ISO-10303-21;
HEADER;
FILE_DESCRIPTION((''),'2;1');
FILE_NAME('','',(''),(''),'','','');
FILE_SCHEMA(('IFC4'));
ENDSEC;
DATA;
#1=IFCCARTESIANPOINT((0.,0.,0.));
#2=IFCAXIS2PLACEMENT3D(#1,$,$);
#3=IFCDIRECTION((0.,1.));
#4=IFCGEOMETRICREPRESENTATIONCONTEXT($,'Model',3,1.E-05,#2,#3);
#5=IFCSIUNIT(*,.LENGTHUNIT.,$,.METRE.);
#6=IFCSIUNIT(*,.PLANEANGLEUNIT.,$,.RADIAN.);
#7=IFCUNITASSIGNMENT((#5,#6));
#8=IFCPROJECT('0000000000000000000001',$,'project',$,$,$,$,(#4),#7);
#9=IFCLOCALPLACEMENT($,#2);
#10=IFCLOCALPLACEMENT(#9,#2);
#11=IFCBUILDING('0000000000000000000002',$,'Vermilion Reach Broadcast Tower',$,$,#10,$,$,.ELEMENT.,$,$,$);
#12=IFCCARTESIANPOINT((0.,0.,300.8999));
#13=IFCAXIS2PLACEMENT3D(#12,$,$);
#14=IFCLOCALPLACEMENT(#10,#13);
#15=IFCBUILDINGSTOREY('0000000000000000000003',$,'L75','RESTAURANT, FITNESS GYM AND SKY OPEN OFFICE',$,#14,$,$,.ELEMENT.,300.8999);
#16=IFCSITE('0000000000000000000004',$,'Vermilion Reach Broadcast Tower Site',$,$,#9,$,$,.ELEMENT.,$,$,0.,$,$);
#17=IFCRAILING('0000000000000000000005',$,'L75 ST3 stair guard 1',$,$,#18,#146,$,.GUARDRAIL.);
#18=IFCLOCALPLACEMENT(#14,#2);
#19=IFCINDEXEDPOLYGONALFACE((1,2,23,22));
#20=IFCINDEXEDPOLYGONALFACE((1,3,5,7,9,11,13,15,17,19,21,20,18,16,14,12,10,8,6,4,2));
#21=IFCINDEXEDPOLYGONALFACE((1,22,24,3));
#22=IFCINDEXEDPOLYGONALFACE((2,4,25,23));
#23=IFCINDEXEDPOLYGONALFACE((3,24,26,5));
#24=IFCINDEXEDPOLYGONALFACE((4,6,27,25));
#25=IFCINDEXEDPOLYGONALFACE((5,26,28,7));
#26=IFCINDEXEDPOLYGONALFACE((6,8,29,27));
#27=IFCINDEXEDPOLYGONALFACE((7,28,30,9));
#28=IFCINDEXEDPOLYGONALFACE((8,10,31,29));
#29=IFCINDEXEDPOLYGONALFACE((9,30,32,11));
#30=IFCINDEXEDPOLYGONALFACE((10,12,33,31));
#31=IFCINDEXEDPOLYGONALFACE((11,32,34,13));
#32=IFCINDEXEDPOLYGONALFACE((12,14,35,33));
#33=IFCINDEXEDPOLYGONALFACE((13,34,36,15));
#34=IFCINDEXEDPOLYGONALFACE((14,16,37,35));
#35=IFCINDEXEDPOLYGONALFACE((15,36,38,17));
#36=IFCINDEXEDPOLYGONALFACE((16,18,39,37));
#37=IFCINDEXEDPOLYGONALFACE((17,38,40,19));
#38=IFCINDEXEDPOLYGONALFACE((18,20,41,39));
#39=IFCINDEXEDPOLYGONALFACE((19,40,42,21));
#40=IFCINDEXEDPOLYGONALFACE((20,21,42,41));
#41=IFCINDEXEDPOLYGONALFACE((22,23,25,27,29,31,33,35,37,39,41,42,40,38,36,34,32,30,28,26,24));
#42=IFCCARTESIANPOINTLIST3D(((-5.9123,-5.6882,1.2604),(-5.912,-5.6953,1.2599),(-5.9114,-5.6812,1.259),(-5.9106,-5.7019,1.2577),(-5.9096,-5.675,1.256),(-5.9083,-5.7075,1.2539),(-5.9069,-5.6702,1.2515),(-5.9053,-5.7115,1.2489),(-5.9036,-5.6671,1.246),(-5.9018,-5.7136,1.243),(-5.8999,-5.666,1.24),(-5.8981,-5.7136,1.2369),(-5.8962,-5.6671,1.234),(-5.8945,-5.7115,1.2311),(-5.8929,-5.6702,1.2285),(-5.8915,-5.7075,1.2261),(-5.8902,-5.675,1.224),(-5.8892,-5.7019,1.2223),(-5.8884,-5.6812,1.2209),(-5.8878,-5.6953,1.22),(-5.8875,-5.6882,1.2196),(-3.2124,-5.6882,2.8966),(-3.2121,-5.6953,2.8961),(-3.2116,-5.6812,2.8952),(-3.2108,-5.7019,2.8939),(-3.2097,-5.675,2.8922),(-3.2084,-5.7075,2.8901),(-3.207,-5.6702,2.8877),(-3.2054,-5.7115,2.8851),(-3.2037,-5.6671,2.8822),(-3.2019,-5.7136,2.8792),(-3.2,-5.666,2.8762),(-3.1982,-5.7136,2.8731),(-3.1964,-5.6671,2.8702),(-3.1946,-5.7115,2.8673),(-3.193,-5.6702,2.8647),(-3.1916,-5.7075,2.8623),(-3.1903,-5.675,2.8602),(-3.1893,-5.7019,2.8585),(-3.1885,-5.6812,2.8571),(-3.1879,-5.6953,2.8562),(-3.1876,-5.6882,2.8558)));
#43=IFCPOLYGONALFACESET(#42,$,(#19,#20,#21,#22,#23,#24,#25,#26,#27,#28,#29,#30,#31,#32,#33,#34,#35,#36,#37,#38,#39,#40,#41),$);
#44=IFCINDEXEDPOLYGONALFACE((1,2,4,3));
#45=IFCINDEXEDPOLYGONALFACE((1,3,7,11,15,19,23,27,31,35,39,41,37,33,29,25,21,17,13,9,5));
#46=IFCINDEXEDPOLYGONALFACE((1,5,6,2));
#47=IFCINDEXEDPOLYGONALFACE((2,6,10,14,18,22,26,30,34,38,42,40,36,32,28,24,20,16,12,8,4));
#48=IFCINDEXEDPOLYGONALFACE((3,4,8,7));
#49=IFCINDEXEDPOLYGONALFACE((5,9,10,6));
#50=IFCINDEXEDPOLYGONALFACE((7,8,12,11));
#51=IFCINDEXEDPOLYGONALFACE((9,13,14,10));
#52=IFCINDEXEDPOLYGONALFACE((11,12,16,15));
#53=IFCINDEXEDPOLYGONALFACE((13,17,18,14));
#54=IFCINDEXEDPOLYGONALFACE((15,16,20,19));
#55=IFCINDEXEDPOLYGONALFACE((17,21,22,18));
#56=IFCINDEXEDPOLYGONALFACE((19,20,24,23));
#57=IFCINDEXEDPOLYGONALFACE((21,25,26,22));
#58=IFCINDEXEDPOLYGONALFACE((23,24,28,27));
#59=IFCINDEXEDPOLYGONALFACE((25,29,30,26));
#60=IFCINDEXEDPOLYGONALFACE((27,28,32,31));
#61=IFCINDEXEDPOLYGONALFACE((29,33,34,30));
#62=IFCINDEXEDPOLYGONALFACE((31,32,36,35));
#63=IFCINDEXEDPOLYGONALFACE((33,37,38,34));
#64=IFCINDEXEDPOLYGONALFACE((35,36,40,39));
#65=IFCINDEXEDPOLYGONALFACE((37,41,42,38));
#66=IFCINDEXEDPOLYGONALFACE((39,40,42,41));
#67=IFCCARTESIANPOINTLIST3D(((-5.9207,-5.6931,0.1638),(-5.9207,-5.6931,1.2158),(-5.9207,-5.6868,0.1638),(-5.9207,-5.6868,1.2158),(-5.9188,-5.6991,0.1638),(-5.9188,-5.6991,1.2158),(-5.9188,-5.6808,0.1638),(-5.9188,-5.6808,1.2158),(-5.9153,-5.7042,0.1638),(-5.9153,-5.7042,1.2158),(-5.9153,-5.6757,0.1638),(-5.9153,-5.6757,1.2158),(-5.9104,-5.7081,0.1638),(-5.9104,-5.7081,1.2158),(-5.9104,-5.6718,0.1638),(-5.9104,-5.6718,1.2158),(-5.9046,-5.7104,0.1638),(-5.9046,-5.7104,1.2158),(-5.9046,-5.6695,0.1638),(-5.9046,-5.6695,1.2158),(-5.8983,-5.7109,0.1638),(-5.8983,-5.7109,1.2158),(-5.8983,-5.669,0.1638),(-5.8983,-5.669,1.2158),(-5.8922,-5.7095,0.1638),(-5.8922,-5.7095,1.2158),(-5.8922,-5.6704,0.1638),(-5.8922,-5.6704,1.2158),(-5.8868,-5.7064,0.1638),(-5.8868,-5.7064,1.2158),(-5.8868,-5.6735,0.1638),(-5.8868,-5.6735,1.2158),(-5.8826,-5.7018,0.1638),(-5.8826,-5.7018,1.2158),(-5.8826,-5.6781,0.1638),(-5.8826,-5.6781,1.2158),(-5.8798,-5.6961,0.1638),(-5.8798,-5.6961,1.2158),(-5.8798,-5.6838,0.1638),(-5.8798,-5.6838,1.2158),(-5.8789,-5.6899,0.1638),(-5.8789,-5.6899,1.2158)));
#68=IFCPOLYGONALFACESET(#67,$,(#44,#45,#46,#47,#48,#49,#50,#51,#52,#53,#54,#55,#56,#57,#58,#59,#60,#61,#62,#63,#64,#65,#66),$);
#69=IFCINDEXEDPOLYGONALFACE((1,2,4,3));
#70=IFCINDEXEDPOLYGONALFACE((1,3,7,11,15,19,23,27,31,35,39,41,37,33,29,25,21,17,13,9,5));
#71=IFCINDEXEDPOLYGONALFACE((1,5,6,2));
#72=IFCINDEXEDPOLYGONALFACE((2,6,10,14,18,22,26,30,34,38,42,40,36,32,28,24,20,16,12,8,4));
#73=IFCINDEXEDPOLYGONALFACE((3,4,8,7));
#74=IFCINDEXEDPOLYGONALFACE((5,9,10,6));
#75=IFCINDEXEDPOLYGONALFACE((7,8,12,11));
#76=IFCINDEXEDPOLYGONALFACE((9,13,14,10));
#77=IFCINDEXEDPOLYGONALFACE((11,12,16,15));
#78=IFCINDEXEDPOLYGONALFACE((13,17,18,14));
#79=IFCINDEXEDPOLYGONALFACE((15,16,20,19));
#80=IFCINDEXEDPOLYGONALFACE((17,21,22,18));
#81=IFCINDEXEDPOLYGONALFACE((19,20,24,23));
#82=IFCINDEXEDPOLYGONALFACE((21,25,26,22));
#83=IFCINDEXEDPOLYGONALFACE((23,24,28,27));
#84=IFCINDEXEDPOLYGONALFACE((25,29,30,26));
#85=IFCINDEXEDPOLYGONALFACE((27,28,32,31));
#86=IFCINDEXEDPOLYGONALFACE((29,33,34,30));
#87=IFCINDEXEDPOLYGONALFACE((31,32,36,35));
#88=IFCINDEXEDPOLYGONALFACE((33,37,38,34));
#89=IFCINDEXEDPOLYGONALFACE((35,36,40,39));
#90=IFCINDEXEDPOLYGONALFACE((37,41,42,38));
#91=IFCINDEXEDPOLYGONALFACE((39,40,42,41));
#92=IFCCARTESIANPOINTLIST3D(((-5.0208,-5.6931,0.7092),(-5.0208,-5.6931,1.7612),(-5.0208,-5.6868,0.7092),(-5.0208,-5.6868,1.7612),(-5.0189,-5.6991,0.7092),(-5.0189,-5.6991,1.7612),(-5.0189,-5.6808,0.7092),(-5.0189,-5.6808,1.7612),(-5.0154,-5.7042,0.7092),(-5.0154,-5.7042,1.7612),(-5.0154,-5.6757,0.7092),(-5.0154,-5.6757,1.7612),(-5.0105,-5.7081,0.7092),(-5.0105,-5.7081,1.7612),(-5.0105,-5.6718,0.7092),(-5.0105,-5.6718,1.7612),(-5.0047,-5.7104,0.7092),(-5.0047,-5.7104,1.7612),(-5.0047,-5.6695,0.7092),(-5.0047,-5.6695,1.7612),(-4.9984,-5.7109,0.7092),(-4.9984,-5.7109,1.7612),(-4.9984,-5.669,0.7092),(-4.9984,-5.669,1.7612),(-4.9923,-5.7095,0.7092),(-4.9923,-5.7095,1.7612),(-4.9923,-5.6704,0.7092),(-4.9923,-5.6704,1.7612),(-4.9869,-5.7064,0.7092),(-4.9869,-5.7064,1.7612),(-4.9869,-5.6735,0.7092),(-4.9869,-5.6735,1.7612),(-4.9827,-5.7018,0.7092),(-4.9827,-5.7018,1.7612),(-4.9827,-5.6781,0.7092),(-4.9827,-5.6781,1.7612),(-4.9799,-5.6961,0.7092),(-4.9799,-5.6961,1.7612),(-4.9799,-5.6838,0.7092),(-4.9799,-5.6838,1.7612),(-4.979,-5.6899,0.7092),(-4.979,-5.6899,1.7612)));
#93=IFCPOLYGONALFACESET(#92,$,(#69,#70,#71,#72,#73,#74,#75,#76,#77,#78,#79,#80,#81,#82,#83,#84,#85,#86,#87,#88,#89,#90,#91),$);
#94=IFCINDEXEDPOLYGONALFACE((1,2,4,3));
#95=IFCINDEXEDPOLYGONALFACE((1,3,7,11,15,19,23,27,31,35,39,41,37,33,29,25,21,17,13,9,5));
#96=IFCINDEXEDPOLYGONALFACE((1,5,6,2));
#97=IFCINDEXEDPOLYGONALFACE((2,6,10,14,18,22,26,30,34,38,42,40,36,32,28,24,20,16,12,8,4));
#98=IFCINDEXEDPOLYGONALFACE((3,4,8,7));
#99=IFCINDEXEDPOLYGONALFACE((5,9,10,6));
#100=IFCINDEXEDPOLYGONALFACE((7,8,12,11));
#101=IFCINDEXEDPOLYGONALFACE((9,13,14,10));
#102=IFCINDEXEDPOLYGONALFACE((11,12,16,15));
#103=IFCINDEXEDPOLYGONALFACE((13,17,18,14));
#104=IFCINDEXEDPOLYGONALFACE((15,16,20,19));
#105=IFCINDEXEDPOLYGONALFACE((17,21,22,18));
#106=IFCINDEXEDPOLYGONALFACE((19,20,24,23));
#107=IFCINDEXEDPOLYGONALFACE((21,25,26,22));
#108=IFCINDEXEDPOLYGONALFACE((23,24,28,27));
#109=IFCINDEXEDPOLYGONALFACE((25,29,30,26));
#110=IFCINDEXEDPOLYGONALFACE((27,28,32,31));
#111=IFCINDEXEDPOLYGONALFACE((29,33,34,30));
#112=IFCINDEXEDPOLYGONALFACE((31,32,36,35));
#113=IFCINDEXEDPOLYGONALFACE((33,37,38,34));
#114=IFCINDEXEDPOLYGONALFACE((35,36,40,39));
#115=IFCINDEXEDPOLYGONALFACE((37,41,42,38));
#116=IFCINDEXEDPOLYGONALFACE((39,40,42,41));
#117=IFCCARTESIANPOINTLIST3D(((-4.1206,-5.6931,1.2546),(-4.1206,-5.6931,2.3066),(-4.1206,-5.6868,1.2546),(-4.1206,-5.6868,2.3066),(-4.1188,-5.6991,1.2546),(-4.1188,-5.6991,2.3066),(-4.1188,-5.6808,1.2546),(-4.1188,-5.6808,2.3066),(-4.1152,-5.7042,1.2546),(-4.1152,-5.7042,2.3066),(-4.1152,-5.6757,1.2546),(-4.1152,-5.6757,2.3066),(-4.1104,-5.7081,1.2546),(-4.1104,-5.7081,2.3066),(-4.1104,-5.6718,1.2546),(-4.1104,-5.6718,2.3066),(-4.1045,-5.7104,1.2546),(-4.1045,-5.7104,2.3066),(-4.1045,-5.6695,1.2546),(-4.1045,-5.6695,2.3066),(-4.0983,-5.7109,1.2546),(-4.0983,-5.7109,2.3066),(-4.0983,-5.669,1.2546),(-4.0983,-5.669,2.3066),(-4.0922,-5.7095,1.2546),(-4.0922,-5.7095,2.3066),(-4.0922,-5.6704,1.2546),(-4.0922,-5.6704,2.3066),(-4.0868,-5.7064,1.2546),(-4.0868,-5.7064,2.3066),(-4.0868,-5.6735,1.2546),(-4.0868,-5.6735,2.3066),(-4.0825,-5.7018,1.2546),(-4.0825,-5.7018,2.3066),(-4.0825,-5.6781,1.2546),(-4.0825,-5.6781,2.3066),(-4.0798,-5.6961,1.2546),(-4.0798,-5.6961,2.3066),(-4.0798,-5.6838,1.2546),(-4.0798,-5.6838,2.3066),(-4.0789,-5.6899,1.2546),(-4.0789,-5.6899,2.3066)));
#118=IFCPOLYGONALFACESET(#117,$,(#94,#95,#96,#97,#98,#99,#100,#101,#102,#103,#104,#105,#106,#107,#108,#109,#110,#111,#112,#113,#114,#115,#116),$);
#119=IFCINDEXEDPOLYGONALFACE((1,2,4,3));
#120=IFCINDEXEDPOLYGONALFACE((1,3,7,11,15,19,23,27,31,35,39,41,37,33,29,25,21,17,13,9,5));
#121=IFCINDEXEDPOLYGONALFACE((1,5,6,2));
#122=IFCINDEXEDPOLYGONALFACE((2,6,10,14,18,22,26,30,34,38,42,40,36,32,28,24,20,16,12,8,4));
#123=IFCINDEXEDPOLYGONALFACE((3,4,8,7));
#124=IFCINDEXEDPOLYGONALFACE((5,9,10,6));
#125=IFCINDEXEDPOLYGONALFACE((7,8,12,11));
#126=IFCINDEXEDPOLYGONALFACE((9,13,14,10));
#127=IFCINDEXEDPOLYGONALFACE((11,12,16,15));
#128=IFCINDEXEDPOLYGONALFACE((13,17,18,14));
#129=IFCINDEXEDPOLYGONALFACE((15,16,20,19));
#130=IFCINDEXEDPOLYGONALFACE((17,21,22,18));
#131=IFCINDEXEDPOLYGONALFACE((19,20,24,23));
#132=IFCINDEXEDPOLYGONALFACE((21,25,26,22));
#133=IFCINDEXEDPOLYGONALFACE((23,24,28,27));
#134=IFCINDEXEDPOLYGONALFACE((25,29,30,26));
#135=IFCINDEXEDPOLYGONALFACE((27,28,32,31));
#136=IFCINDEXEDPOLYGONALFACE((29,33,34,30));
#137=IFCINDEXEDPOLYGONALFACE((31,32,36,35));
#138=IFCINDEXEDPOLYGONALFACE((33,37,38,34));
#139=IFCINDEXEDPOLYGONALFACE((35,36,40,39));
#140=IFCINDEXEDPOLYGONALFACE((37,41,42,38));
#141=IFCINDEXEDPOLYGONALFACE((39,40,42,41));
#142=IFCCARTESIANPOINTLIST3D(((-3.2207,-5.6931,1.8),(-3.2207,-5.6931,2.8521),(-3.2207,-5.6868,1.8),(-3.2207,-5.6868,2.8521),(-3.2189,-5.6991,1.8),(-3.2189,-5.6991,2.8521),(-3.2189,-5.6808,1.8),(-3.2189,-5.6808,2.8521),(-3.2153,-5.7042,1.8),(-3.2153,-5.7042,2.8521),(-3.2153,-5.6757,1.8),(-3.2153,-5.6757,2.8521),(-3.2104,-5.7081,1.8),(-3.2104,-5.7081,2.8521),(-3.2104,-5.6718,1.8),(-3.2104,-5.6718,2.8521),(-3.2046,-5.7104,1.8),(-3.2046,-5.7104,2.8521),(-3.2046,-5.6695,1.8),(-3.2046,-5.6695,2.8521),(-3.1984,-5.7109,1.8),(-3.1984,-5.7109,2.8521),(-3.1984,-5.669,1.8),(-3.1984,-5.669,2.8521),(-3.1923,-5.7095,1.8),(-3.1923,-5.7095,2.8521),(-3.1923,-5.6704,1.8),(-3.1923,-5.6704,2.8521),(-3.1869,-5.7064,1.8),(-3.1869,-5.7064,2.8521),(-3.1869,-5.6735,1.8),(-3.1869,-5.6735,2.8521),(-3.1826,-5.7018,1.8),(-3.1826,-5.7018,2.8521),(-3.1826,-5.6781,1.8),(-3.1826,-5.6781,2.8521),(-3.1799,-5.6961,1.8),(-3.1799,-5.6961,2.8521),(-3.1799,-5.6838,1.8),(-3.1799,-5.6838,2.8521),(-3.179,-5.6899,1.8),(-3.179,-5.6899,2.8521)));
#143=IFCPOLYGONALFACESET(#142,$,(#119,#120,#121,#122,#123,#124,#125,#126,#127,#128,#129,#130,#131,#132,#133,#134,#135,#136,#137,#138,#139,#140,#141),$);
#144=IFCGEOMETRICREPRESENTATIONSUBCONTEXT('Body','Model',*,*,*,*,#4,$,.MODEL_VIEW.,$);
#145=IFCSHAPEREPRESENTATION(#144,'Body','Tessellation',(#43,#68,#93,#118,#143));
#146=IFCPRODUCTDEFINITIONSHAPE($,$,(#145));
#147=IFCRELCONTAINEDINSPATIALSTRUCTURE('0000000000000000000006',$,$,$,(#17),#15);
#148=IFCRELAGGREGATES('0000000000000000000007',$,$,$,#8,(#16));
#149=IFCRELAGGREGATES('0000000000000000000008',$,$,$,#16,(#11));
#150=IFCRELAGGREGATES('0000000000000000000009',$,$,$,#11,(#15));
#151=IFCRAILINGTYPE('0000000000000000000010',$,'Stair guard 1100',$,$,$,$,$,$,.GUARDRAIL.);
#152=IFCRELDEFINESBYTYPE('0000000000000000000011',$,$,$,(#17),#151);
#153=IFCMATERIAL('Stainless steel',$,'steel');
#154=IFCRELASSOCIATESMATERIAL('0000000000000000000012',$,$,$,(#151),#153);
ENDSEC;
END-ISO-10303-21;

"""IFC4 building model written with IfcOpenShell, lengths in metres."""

from ifc_helpers import new_model, si_unit, direction, frame, origin, origin_2d, place, context, subcontext, project, spatial, circle, extrude, material, type_object, element, save


model = new_model("IFC4")

# Units and contexts
model_context = context("Model", 3, precision=1e-05, world=origin(), true_north=direction((0.0, 1.0)))
body_context = subcontext(model_context, "Body", "Model", "MODEL_VIEW")
ifc_project = project(units=[si_unit("LENGTHUNIT", "METRE"), si_unit("PLANEANGLEUNIT", "RADIAN")], contexts=[model_context])

# Site, building, storey
site_placement = place(None, origin())
site = spatial("IfcSite", under=ifc_project, at=site_placement, Name="Vermilion Reach Broadcast Tower Site", CompositionType="ELEMENT", RefElevation=0.0)
building_placement = place(site_placement, origin())
building = spatial("IfcBuilding", under=site, at=building_placement, Name="Vermilion Reach Broadcast Tower", CompositionType="ELEMENT")
storey_placement = place(building_placement, frame((0.0, 0.0, 300.8999)))
storey = spatial("IfcBuildingStorey", under=building, at=storey_placement, Name="L75", Description="RESTAURANT, FITNESS GYM AND SKY OPEN OFFICE", CompositionType="ELEMENT", Elevation=300.8999)

# Railing
ifc_material_1 = material(Name="Stainless steel", Category="steel")
railing_type_1 = type_object("IfcRailingType", Name="Stair guard 1100", PredefinedType="GUARDRAIL", material=ifc_material_1)
railing_1_placement = place(storey_placement, frame((-5.8999, -5.6899, 0.1638)))
element("IfcRailing", 1, at=railing_1_placement, inside=storey, type_object=railing_type_1, Name="L75 ST3 stair guard 1", PredefinedType="GUARDRAIL", context=body_context, shape_type="SweptSolid", body=[
    extrude(circle(Radius=0.0239, at=origin_2d()), frame((0.0, 0.0, 1.0762), z_axis=(0.855212, 0.0, 0.518278), x_axis=(0.0, 1.0, 0.0)), (0.0, 0.0, 1.0), 3.157),
    extrude(circle(Radius=0.021, at=origin_2d()), origin(), (0.0, 0.0, 1.0), 1.052),
    extrude(circle(Radius=0.021, at=origin_2d()), frame((0.8999, 0.0, 0.5454)), (0.0, 0.0, 1.0), 1.052),
    extrude(circle(Radius=0.021, at=origin_2d()), frame((1.8, 0.0, 1.0908)), (0.0, 0.0, 1.0), 1.052),
    extrude(circle(Radius=0.021, at=origin_2d()), frame((2.7, 0.0, 1.6362)), (0.0, 0.0, 1.0), 1.052),
])

save(model, "model.ifc")
